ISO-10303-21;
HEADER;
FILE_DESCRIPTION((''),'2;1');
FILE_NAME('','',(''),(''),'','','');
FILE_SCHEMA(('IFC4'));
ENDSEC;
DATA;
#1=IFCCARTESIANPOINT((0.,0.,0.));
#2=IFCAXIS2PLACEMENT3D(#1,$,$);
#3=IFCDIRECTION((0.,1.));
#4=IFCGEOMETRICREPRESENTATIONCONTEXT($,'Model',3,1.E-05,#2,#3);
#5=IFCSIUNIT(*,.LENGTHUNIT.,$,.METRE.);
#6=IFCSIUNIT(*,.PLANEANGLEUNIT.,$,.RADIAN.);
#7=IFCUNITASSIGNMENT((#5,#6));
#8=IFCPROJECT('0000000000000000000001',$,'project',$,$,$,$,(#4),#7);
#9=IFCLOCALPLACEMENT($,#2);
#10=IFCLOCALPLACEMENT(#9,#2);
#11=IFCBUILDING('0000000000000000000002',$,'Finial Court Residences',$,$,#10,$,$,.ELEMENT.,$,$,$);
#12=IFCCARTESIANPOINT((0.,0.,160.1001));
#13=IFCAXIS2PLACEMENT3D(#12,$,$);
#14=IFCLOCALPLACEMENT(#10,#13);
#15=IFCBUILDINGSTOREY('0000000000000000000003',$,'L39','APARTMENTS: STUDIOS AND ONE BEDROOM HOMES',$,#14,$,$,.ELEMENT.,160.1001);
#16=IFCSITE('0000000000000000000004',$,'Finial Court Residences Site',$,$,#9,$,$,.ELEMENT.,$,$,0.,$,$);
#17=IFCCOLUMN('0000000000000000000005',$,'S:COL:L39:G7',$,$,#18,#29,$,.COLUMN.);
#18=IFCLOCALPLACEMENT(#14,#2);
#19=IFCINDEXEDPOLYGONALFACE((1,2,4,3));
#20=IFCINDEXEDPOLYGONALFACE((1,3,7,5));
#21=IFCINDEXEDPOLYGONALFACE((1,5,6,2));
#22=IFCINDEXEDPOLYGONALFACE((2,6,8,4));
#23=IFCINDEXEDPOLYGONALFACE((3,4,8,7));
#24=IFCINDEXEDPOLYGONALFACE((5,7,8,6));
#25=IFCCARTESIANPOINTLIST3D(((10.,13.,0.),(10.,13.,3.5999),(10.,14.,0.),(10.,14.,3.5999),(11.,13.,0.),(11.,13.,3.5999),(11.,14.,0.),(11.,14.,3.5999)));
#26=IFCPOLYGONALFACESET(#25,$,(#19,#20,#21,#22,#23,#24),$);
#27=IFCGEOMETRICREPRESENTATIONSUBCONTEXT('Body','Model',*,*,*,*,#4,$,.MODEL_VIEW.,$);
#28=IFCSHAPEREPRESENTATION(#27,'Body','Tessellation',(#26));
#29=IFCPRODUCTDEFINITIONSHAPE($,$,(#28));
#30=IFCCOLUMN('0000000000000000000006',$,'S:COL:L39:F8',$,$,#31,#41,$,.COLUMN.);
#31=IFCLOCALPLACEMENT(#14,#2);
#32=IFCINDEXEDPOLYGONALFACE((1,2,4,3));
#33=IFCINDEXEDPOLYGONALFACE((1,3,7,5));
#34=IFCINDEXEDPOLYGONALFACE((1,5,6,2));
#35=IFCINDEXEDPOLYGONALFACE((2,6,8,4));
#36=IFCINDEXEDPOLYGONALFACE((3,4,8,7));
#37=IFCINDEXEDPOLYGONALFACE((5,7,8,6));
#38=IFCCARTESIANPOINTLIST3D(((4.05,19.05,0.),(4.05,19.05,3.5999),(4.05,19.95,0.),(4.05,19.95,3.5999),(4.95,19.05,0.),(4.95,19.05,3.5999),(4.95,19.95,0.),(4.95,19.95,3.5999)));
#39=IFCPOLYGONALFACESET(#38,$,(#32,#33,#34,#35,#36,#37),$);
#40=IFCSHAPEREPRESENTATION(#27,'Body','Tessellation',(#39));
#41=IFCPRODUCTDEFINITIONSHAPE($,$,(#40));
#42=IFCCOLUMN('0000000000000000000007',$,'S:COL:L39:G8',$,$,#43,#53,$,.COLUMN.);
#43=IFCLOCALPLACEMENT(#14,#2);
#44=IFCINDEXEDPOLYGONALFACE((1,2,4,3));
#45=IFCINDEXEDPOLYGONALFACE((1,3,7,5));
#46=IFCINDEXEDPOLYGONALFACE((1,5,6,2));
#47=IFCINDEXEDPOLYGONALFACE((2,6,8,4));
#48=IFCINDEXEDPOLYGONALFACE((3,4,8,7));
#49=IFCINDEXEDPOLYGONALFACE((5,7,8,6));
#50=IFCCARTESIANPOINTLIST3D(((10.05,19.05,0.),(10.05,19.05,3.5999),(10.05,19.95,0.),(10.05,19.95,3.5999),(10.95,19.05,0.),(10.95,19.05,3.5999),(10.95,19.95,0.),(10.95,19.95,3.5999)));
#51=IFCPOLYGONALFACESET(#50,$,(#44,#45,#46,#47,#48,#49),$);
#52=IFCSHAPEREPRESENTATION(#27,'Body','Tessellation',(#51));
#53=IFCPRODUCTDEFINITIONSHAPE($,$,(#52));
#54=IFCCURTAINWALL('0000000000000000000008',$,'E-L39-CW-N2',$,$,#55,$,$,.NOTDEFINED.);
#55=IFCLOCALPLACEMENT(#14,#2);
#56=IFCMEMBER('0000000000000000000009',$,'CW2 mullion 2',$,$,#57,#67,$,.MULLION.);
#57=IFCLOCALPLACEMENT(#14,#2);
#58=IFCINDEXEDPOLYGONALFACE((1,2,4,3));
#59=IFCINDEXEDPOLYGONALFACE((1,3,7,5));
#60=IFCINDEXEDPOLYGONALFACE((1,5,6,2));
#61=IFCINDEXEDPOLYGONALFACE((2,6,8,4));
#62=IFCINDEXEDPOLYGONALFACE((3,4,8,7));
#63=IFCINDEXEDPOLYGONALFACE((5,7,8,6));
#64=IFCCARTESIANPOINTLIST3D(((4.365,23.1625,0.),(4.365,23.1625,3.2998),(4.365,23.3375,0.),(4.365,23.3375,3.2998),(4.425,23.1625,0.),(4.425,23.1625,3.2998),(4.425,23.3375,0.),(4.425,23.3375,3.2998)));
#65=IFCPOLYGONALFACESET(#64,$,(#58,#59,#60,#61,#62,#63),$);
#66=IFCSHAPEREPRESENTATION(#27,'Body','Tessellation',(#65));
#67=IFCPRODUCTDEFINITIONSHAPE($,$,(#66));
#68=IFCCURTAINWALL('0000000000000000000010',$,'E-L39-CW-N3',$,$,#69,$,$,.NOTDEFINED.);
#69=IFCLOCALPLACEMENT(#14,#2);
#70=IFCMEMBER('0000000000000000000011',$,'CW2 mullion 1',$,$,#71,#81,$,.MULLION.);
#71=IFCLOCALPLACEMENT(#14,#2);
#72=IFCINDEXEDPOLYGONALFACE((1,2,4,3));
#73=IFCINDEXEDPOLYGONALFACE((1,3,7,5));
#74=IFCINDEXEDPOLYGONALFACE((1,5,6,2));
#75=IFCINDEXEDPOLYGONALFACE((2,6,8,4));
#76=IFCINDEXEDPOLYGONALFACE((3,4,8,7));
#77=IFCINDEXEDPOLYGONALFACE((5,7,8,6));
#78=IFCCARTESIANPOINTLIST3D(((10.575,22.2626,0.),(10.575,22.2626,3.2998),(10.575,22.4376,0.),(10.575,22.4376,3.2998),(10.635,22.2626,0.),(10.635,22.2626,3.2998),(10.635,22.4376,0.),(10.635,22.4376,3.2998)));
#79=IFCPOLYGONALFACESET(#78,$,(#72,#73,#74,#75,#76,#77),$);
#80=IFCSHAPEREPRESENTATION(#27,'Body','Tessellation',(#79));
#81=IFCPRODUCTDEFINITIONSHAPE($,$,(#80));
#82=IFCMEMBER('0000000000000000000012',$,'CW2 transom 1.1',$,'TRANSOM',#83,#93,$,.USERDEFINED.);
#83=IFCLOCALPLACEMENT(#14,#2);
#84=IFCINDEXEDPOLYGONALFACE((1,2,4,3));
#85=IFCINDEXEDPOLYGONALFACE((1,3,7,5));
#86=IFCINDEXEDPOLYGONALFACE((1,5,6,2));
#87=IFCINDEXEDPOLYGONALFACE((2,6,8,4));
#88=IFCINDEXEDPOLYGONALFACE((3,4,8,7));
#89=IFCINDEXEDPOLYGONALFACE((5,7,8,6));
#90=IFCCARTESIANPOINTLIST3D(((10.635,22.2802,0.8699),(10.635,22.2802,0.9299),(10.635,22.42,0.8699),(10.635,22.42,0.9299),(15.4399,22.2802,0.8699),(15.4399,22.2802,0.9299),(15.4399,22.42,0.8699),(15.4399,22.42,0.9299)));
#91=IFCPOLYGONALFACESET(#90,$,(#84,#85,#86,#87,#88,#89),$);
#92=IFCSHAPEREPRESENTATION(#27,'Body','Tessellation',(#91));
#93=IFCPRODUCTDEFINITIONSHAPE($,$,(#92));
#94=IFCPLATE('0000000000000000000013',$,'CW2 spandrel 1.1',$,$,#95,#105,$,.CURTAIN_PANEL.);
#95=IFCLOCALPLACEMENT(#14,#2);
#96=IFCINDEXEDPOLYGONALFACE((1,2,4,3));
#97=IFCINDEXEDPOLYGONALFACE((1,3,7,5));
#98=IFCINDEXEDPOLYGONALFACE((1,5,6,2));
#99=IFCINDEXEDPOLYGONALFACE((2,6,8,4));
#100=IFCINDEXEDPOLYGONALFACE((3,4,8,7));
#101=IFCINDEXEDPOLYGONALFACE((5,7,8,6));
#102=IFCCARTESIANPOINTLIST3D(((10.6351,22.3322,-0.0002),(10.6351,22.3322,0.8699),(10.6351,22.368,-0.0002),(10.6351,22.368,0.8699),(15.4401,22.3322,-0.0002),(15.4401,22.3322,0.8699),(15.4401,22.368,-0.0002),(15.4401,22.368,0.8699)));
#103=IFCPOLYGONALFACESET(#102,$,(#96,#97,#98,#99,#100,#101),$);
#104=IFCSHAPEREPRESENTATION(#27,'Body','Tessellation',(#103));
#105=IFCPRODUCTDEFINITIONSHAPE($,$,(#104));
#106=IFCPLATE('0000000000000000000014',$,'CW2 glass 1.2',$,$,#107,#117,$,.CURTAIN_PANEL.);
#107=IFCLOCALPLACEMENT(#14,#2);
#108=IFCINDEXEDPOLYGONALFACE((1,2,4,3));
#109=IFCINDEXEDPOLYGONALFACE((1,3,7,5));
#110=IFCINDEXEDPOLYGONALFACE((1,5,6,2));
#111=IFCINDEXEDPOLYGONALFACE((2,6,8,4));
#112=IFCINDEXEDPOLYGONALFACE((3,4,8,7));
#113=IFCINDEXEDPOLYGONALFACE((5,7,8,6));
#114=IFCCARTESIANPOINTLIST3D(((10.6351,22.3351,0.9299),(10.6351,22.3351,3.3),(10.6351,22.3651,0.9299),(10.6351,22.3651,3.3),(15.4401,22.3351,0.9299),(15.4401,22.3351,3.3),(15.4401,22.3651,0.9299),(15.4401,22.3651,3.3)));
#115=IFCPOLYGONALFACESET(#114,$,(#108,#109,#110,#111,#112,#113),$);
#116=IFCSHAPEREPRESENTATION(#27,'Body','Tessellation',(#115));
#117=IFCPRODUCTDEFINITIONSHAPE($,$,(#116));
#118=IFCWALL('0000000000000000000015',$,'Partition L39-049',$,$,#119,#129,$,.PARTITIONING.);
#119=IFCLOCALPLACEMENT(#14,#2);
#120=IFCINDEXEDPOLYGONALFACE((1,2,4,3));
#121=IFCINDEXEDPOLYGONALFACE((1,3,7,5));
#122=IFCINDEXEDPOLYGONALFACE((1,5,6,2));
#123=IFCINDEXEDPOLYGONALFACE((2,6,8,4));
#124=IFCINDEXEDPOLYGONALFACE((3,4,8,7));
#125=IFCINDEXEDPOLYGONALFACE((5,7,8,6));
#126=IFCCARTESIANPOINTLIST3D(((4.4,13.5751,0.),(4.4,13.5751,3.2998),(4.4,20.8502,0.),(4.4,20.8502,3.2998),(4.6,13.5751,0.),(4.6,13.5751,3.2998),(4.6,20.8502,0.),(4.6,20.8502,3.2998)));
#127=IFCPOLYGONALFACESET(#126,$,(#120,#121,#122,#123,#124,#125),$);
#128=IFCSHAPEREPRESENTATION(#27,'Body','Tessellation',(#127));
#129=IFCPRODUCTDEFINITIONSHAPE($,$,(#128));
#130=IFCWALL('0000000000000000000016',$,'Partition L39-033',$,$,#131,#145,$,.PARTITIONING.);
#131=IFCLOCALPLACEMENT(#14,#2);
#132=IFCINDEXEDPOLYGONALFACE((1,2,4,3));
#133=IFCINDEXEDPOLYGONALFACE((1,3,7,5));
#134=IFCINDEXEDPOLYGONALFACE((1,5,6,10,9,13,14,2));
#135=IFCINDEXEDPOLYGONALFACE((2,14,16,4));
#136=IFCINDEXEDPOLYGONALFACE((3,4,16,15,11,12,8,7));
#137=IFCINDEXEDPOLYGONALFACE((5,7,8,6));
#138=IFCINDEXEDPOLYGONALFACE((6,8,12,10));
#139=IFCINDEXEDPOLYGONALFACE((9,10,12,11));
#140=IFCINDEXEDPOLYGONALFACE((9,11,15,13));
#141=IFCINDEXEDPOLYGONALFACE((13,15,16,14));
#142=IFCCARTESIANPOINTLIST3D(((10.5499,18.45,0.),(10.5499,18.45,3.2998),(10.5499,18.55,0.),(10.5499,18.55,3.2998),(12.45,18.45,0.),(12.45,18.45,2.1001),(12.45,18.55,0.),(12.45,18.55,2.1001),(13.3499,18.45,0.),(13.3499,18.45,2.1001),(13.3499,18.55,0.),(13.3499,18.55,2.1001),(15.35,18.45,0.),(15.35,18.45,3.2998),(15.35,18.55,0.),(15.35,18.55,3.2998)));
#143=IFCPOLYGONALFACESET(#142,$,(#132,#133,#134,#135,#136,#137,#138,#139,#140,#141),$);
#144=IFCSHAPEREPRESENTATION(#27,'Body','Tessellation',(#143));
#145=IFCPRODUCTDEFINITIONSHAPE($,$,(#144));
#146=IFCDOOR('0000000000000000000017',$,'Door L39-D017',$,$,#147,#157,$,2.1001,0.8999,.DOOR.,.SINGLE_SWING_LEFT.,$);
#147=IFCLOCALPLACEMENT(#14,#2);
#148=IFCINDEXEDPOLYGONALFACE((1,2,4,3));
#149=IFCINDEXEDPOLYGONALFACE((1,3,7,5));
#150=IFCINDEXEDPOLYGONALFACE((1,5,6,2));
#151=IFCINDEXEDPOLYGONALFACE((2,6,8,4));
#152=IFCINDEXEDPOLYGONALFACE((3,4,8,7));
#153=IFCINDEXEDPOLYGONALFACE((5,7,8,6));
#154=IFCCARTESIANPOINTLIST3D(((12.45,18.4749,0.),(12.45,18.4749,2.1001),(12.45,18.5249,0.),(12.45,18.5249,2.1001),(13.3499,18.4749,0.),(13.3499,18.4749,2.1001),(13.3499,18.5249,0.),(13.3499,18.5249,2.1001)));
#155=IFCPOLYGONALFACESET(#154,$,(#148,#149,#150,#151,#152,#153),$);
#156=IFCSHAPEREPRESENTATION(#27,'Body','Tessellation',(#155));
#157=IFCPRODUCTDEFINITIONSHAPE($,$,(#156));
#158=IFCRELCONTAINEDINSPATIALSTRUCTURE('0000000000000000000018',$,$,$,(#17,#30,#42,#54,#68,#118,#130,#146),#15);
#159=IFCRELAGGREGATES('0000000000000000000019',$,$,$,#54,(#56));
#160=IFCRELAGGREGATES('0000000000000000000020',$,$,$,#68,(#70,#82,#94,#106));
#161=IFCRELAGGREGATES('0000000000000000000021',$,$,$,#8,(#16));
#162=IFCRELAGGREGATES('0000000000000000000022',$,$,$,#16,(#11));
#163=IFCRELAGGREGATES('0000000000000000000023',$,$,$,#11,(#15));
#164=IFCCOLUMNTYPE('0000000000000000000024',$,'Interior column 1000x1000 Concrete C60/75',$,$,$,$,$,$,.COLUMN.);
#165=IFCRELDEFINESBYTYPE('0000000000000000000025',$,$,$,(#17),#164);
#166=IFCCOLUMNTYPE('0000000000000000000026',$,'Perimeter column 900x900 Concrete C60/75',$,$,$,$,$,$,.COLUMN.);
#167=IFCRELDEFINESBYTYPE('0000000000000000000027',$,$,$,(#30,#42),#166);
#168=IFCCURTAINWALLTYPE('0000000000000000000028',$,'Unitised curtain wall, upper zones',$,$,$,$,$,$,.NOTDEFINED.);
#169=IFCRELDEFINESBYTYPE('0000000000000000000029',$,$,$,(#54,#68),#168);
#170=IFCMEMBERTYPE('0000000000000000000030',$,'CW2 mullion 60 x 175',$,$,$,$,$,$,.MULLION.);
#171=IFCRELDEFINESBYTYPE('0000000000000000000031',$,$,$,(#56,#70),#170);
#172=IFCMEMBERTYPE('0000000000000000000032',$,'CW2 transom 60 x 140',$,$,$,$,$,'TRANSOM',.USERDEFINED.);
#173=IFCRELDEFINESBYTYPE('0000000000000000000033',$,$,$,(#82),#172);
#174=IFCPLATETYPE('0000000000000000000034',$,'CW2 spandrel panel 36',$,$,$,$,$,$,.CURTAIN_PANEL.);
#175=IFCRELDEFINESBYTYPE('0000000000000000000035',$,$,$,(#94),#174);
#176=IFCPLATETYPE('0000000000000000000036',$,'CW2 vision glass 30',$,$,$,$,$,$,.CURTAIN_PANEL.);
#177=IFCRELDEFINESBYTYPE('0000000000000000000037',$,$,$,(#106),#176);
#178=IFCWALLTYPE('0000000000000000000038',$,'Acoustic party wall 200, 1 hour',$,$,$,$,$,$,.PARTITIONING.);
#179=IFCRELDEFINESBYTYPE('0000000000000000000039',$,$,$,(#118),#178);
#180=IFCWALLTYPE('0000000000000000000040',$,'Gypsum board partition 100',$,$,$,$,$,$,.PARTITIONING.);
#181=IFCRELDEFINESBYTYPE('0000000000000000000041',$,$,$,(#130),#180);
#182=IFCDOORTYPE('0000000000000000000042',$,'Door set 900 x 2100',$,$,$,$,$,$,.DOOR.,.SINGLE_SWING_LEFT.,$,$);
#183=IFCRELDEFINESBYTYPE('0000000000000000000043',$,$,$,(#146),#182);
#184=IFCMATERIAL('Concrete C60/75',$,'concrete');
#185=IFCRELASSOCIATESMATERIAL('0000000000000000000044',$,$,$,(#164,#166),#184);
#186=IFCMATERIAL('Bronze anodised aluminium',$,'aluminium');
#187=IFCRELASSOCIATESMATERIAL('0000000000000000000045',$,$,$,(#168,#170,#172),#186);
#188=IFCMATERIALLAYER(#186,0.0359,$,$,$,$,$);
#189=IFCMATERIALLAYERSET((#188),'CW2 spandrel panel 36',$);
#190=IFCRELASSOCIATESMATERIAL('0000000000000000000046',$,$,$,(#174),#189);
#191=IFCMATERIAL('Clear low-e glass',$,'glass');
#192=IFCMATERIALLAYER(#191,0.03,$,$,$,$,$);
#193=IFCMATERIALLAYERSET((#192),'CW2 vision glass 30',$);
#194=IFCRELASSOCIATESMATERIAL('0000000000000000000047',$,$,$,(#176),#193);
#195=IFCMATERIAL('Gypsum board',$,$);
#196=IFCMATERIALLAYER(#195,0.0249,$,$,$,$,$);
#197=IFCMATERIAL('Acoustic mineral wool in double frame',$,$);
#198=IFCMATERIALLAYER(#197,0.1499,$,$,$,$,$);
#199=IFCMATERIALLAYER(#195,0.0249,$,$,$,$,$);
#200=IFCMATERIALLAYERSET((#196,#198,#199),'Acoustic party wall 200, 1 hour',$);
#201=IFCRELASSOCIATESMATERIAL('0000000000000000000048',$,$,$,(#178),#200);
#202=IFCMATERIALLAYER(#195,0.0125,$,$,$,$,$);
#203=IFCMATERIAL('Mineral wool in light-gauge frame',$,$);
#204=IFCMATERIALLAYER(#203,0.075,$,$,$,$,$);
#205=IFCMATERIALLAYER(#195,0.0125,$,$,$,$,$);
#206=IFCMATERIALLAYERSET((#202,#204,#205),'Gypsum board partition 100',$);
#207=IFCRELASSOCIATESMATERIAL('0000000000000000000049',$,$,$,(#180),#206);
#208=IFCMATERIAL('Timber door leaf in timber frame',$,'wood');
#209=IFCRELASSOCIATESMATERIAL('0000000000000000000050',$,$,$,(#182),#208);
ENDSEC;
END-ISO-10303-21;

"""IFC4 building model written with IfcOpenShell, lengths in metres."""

from ifc_helpers import new_model, si_unit, direction, frame, frame_2d, origin, origin_2d, place, context, subcontext, project, spatial, rectangle, extrude, material, layer, layer_set, material_profile, profile_set, type_object, element, fill, aggregate, save


model = new_model("IFC4")

# Units and contexts
model_context = context("Model", 3, precision=1e-05, world=origin(), true_north=direction((0.0, 1.0)))
body_context = subcontext(model_context, "Body", "Model", "MODEL_VIEW")
ifc_project = project(units=[si_unit("LENGTHUNIT", "METRE"), si_unit("PLANEANGLEUNIT", "RADIAN")], contexts=[model_context])

# Site, building, storey
site_placement = place(None, origin())
site = spatial("IfcSite", under=ifc_project, at=site_placement, Name="Finial Court Residences Site", CompositionType="ELEMENT", RefElevation=0.0)
building_placement = place(site_placement, origin())
building = spatial("IfcBuilding", under=site, at=building_placement, Name="Finial Court Residences", CompositionType="ELEMENT")
storey_placement = place(building_placement, frame((0.0, 0.0, 160.1001)))
storey = spatial("IfcBuildingStorey", under=building, at=storey_placement, Name="L39", Description="APARTMENTS: STUDIOS AND ONE BEDROOM HOMES", CompositionType="ELEMENT", Elevation=160.1001)

# Columns
ifc_material_1 = material(Name="Concrete C60/75", Category="concrete")
ifc_material_profile_1 = material_profile(ifc_material_1, rectangle(XDim=1.0, YDim=1.0, at=origin_2d()), Name="1000x1000")
ifc_profile_set_1 = profile_set([ifc_material_profile_1], Name="Concrete C60/75")
column_type_1 = type_object("IfcColumnType", Name="Interior column 1000x1000 Concrete C60/75", PredefinedType="COLUMN", material=ifc_profile_set_1)
column_placement = place(storey_placement, frame((10.5, 13.5, 0.0), z_axis=(0.0, 0.0, 1.0), x_axis=(1.0, 0.0, 0.0)))
element("IfcColumn", 1, at=column_placement, inside=storey, type_object=column_type_1, Name="S:COL:L39:G7", PredefinedType="COLUMN", context=body_context, shape_type="SweptSolid", body=[
    extrude(rectangle(XDim=1.0, YDim=1.0, at=origin_2d()), origin(), (0.0, 0.0, 1.0), 3.5999),
])
ifc_material_profile_2 = material_profile(ifc_material_1, rectangle(XDim=0.8999, YDim=0.8999, at=origin_2d()), Name="900x900")
ifc_profile_set_2 = profile_set([ifc_material_profile_2], Name="Concrete C60/75")
column_type_2 = type_object("IfcColumnType", Name="Perimeter column 900x900 Concrete C60/75", PredefinedType="COLUMN", material=ifc_profile_set_2)
for number, where, z_axis, x_axis, name in (
    (2, (4.5, 19.5, 0.0), (0.0, 0.0, 1.0), (1.0, 0.0, 0.0), "S:COL:L39:F8"),
    (3, (10.5, 19.5, 0.0), (0.0, 0.0, 1.0), (1.0, 0.0, 0.0), "S:COL:L39:G8"),
):
    element("IfcColumn", number, at=place(storey_placement, frame(where, z_axis=z_axis, x_axis=x_axis)), inside=storey, type_object=column_type_2, Name=name, PredefinedType="COLUMN", context=body_context, shape_type="SweptSolid", body=[
        extrude(rectangle(XDim=0.8999, YDim=0.8999, at=origin_2d()), origin(), (0.0, 0.0, 1.0), 3.5999),
    ])

# Curtain wall, member
ifc_material_2 = material(Name="Bronze anodised aluminium", Category="aluminium")
curtain_wall_type = type_object("IfcCurtainWallType", Name="Unitised curtain wall, upper zones", PredefinedType="NOTDEFINED", material=ifc_material_2)
curtain_wall_1_placement = place(storey_placement, origin())
curtain_wall_1 = element("IfcCurtainWall", 4, at=curtain_wall_1_placement, inside=storey, type_object=curtain_wall_type, Name="E-L39-CW-N2", PredefinedType="NOTDEFINED")
ifc_material_profile_3 = material_profile(ifc_material_2, rectangle(XDim=0.175, YDim=0.0601, at=origin_2d()), Name="CW2 mullion 60 x 175")
ifc_profile_set_3 = profile_set([ifc_material_profile_3], Name="Bronze anodised aluminium")
member_type_1 = type_object("IfcMemberType", Name="CW2 mullion 60 x 175", PredefinedType="MULLION", material=ifc_profile_set_3)
member_1_placement = place(storey_placement, frame((4.395, 23.25, 0.0), z_axis=(0.0, 0.0, 1.0), x_axis=(0.0, 1.0, 0.0)))
member_1 = element("IfcMember", 5, at=member_1_placement, type_object=member_type_1, Name="CW2 mullion 2", PredefinedType="MULLION", context=body_context, shape_type="SweptSolid", body=[
    extrude(rectangle(XDim=0.175, YDim=0.0601, at=origin_2d()), origin(), (0.0, 0.0, 1.0), 3.2998),
])
aggregate(curtain_wall_1, [member_1])

# Curtain wall, members, plates
curtain_wall_2_placement = place(storey_placement, origin())
curtain_wall_2 = element("IfcCurtainWall", 6, at=curtain_wall_2_placement, inside=storey, type_object=curtain_wall_type, Name="E-L39-CW-N3", PredefinedType="NOTDEFINED")
member_2_placement = place(storey_placement, frame((10.605, 22.3501, 0.0), z_axis=(0.0, 0.0, 1.0), x_axis=(0.0, 1.0, 0.0)))
member_2 = element("IfcMember", 7, at=member_2_placement, type_object=member_type_1, Name="CW2 mullion 1", PredefinedType="MULLION", context=body_context, shape_type="SweptSolid", body=[
    extrude(rectangle(XDim=0.175, YDim=0.0601, at=origin_2d()), origin(), (0.0, 0.0, 1.0), 3.2998),
])
ifc_material_profile_4 = material_profile(ifc_material_2, rectangle(XDim=0.1399, YDim=0.0601, at=origin_2d()), Name="CW2 transom 60 x 140")
ifc_profile_set_4 = profile_set([ifc_material_profile_4], Name="Bronze anodised aluminium")
member_type_2 = type_object("IfcMemberType", Name="CW2 transom 60 x 140", ElementType="TRANSOM", PredefinedType="USERDEFINED", material=ifc_profile_set_4)
member_3_placement = place(storey_placement, frame((10.635, 22.3501, 0.8999), z_axis=(1.0, 0.0, 0.0), x_axis=(0.0, 1.0, 0.0)))
member_3 = element("IfcMember", 8, at=member_3_placement, type_object=member_type_2, Name="CW2 transom 1.1", ObjectType="TRANSOM", PredefinedType="USERDEFINED", context=body_context, shape_type="SweptSolid", body=[
    extrude(rectangle(XDim=0.1399, YDim=0.0601, at=origin_2d()), origin(), (0.0, 0.0, 1.0), 4.8049),
])
ifc_layer_1 = layer(ifc_material_2, 0.0359)
ifc_layer_set_1 = layer_set([ifc_layer_1], Name="CW2 spandrel panel 36")
plate_type_1 = type_object("IfcPlateType", Name="CW2 spandrel panel 36", PredefinedType="CURTAIN_PANEL", material=ifc_layer_set_1)
plate_1_placement = place(storey_placement, frame((13.0376, 22.3501, -0.0002), z_axis=(0.0, 0.0, 1.0), x_axis=(1.0, 0.0, 0.0)))
plate_1 = element("IfcPlate", 9, at=plate_1_placement, type_object=plate_type_1, Name="CW2 spandrel 1.1", PredefinedType="CURTAIN_PANEL", context=body_context, shape_type="SweptSolid", body=[
    extrude(rectangle(XDim=4.8049, YDim=0.0359, at=origin_2d()), origin(), (0.0, 0.0, 1.0), 0.8701),
])
ifc_material_3 = material(Name="Clear low-e glass", Category="glass")
ifc_layer_2 = layer(ifc_material_3, 0.03)
ifc_layer_set_2 = layer_set([ifc_layer_2], Name="CW2 vision glass 30")
plate_type_2 = type_object("IfcPlateType", Name="CW2 vision glass 30", PredefinedType="CURTAIN_PANEL", material=ifc_layer_set_2)
plate_2_placement = place(storey_placement, frame((13.0376, 22.3501, 0.9299), z_axis=(0.0, 0.0, 1.0), x_axis=(1.0, 0.0, 0.0)))
plate_2 = element("IfcPlate", 10, at=plate_2_placement, type_object=plate_type_2, Name="CW2 glass 1.2", PredefinedType="CURTAIN_PANEL", context=body_context, shape_type="SweptSolid", body=[
    extrude(rectangle(XDim=4.8049, YDim=0.03, at=origin_2d()), origin(), (0.0, 0.0, 1.0), 2.3701),
])
aggregate(curtain_wall_2, [member_2, member_3, plate_1, plate_2])

# Wall
ifc_material_4 = material(Name="Gypsum board")
ifc_layer_3 = layer(ifc_material_4, 0.0249)
ifc_material_5 = material(Name="Acoustic mineral wool in double frame")
ifc_layer_4 = layer(ifc_material_5, 0.1499)
ifc_layer_5 = layer(ifc_material_4, 0.0249)
ifc_layer_set_3 = layer_set([ifc_layer_3, ifc_layer_4, ifc_layer_5], Name="Acoustic party wall 200, 1 hour")
wall_type_1 = type_object("IfcWallType", Name="Acoustic party wall 200, 1 hour", PredefinedType="PARTITIONING", material=ifc_layer_set_3)
wall_1_placement = place(storey_placement, frame((4.5, 13.575, 0.0), z_axis=(0.0, 0.0, 1.0), x_axis=(0.0, 1.0, 0.0)))
element("IfcWall", 11, at=wall_1_placement, inside=storey, type_object=wall_type_1, Name="Partition L39-049", PredefinedType="PARTITIONING", context=body_context, shape_type="SweptSolid", body=[
    extrude(rectangle(XDim=7.2751, YDim=0.2, at=frame_2d((3.6377, 0.0))), origin(), (0.0, 0.0, 1.0), 3.2998),
])

# Wall, opening, door
ifc_layer_6 = layer(ifc_material_4, 0.0125)
ifc_material_6 = material(Name="Mineral wool in light-gauge frame")
ifc_layer_7 = layer(ifc_material_6, 0.075)
ifc_layer_8 = layer(ifc_material_4, 0.0125)
ifc_layer_set_4 = layer_set([ifc_layer_6, ifc_layer_7, ifc_layer_8], Name="Gypsum board partition 100")
wall_type_2 = type_object("IfcWallType", Name="Gypsum board partition 100", PredefinedType="PARTITIONING", material=ifc_layer_set_4)
wall_2_placement = place(storey_placement, frame((10.55, 18.5, 0.0), z_axis=(0.0, 0.0, 1.0), x_axis=(1.0, 0.0, 0.0)))
wall_2 = element("IfcWall", 12, at=wall_2_placement, inside=storey, type_object=wall_type_2, Name="Partition L39-033", PredefinedType="PARTITIONING", context=body_context, shape_type="SweptSolid", body=[
    extrude(rectangle(XDim=4.8, YDim=0.1001, at=frame_2d((2.3999, 0.0))), origin(), (0.0, 0.0, 1.0), 3.2998),
])
opening_1_placement = place(wall_2_placement, frame((1.8999, 0.0, 0.0)))
opening_1 = element("IfcOpeningElement", 13, at=opening_1_placement, cuts=wall_2, PredefinedType="OPENING", context=body_context, shape_type="SweptSolid", body=[
    extrude(rectangle(XDim=0.8999, YDim=2.1001, at=frame_2d((0.45, 1.05))), frame((0.0, 0.0601, 0.0), z_axis=(0.0, -1.0, 0.0), x_axis=(1.0, 0.0, 0.0)), (0.0, 0.0, 1.0), 0.1201),
])
ifc_material_7 = material(Name="Timber door leaf in timber frame", Category="wood")
door_type_1 = type_object("IfcDoorType", Name="Door set 900 x 2100", OperationType="SINGLE_SWING_LEFT", PredefinedType="DOOR", material=ifc_material_7)
door_1_placement = place(opening_1_placement, origin())
door_1 = element("IfcDoor", 14, at=door_1_placement, inside=storey, type_object=door_type_1, Name="Door L39-D017", OperationType="SINGLE_SWING_LEFT", OverallHeight=2.1001, OverallWidth=0.8999, PredefinedType="DOOR", context=body_context, shape_type="SweptSolid", body=[
    extrude(rectangle(XDim=0.8999, YDim=2.1001, at=frame_2d((0.45, 1.05))), frame((0.0, 0.0249, 0.0), z_axis=(0.0, -1.0, 0.0), x_axis=(1.0, 0.0, 0.0)), (0.0, 0.0, 1.0), 0.05),
])
fill(opening_1, door_1)

save(model, "model.ifc")
